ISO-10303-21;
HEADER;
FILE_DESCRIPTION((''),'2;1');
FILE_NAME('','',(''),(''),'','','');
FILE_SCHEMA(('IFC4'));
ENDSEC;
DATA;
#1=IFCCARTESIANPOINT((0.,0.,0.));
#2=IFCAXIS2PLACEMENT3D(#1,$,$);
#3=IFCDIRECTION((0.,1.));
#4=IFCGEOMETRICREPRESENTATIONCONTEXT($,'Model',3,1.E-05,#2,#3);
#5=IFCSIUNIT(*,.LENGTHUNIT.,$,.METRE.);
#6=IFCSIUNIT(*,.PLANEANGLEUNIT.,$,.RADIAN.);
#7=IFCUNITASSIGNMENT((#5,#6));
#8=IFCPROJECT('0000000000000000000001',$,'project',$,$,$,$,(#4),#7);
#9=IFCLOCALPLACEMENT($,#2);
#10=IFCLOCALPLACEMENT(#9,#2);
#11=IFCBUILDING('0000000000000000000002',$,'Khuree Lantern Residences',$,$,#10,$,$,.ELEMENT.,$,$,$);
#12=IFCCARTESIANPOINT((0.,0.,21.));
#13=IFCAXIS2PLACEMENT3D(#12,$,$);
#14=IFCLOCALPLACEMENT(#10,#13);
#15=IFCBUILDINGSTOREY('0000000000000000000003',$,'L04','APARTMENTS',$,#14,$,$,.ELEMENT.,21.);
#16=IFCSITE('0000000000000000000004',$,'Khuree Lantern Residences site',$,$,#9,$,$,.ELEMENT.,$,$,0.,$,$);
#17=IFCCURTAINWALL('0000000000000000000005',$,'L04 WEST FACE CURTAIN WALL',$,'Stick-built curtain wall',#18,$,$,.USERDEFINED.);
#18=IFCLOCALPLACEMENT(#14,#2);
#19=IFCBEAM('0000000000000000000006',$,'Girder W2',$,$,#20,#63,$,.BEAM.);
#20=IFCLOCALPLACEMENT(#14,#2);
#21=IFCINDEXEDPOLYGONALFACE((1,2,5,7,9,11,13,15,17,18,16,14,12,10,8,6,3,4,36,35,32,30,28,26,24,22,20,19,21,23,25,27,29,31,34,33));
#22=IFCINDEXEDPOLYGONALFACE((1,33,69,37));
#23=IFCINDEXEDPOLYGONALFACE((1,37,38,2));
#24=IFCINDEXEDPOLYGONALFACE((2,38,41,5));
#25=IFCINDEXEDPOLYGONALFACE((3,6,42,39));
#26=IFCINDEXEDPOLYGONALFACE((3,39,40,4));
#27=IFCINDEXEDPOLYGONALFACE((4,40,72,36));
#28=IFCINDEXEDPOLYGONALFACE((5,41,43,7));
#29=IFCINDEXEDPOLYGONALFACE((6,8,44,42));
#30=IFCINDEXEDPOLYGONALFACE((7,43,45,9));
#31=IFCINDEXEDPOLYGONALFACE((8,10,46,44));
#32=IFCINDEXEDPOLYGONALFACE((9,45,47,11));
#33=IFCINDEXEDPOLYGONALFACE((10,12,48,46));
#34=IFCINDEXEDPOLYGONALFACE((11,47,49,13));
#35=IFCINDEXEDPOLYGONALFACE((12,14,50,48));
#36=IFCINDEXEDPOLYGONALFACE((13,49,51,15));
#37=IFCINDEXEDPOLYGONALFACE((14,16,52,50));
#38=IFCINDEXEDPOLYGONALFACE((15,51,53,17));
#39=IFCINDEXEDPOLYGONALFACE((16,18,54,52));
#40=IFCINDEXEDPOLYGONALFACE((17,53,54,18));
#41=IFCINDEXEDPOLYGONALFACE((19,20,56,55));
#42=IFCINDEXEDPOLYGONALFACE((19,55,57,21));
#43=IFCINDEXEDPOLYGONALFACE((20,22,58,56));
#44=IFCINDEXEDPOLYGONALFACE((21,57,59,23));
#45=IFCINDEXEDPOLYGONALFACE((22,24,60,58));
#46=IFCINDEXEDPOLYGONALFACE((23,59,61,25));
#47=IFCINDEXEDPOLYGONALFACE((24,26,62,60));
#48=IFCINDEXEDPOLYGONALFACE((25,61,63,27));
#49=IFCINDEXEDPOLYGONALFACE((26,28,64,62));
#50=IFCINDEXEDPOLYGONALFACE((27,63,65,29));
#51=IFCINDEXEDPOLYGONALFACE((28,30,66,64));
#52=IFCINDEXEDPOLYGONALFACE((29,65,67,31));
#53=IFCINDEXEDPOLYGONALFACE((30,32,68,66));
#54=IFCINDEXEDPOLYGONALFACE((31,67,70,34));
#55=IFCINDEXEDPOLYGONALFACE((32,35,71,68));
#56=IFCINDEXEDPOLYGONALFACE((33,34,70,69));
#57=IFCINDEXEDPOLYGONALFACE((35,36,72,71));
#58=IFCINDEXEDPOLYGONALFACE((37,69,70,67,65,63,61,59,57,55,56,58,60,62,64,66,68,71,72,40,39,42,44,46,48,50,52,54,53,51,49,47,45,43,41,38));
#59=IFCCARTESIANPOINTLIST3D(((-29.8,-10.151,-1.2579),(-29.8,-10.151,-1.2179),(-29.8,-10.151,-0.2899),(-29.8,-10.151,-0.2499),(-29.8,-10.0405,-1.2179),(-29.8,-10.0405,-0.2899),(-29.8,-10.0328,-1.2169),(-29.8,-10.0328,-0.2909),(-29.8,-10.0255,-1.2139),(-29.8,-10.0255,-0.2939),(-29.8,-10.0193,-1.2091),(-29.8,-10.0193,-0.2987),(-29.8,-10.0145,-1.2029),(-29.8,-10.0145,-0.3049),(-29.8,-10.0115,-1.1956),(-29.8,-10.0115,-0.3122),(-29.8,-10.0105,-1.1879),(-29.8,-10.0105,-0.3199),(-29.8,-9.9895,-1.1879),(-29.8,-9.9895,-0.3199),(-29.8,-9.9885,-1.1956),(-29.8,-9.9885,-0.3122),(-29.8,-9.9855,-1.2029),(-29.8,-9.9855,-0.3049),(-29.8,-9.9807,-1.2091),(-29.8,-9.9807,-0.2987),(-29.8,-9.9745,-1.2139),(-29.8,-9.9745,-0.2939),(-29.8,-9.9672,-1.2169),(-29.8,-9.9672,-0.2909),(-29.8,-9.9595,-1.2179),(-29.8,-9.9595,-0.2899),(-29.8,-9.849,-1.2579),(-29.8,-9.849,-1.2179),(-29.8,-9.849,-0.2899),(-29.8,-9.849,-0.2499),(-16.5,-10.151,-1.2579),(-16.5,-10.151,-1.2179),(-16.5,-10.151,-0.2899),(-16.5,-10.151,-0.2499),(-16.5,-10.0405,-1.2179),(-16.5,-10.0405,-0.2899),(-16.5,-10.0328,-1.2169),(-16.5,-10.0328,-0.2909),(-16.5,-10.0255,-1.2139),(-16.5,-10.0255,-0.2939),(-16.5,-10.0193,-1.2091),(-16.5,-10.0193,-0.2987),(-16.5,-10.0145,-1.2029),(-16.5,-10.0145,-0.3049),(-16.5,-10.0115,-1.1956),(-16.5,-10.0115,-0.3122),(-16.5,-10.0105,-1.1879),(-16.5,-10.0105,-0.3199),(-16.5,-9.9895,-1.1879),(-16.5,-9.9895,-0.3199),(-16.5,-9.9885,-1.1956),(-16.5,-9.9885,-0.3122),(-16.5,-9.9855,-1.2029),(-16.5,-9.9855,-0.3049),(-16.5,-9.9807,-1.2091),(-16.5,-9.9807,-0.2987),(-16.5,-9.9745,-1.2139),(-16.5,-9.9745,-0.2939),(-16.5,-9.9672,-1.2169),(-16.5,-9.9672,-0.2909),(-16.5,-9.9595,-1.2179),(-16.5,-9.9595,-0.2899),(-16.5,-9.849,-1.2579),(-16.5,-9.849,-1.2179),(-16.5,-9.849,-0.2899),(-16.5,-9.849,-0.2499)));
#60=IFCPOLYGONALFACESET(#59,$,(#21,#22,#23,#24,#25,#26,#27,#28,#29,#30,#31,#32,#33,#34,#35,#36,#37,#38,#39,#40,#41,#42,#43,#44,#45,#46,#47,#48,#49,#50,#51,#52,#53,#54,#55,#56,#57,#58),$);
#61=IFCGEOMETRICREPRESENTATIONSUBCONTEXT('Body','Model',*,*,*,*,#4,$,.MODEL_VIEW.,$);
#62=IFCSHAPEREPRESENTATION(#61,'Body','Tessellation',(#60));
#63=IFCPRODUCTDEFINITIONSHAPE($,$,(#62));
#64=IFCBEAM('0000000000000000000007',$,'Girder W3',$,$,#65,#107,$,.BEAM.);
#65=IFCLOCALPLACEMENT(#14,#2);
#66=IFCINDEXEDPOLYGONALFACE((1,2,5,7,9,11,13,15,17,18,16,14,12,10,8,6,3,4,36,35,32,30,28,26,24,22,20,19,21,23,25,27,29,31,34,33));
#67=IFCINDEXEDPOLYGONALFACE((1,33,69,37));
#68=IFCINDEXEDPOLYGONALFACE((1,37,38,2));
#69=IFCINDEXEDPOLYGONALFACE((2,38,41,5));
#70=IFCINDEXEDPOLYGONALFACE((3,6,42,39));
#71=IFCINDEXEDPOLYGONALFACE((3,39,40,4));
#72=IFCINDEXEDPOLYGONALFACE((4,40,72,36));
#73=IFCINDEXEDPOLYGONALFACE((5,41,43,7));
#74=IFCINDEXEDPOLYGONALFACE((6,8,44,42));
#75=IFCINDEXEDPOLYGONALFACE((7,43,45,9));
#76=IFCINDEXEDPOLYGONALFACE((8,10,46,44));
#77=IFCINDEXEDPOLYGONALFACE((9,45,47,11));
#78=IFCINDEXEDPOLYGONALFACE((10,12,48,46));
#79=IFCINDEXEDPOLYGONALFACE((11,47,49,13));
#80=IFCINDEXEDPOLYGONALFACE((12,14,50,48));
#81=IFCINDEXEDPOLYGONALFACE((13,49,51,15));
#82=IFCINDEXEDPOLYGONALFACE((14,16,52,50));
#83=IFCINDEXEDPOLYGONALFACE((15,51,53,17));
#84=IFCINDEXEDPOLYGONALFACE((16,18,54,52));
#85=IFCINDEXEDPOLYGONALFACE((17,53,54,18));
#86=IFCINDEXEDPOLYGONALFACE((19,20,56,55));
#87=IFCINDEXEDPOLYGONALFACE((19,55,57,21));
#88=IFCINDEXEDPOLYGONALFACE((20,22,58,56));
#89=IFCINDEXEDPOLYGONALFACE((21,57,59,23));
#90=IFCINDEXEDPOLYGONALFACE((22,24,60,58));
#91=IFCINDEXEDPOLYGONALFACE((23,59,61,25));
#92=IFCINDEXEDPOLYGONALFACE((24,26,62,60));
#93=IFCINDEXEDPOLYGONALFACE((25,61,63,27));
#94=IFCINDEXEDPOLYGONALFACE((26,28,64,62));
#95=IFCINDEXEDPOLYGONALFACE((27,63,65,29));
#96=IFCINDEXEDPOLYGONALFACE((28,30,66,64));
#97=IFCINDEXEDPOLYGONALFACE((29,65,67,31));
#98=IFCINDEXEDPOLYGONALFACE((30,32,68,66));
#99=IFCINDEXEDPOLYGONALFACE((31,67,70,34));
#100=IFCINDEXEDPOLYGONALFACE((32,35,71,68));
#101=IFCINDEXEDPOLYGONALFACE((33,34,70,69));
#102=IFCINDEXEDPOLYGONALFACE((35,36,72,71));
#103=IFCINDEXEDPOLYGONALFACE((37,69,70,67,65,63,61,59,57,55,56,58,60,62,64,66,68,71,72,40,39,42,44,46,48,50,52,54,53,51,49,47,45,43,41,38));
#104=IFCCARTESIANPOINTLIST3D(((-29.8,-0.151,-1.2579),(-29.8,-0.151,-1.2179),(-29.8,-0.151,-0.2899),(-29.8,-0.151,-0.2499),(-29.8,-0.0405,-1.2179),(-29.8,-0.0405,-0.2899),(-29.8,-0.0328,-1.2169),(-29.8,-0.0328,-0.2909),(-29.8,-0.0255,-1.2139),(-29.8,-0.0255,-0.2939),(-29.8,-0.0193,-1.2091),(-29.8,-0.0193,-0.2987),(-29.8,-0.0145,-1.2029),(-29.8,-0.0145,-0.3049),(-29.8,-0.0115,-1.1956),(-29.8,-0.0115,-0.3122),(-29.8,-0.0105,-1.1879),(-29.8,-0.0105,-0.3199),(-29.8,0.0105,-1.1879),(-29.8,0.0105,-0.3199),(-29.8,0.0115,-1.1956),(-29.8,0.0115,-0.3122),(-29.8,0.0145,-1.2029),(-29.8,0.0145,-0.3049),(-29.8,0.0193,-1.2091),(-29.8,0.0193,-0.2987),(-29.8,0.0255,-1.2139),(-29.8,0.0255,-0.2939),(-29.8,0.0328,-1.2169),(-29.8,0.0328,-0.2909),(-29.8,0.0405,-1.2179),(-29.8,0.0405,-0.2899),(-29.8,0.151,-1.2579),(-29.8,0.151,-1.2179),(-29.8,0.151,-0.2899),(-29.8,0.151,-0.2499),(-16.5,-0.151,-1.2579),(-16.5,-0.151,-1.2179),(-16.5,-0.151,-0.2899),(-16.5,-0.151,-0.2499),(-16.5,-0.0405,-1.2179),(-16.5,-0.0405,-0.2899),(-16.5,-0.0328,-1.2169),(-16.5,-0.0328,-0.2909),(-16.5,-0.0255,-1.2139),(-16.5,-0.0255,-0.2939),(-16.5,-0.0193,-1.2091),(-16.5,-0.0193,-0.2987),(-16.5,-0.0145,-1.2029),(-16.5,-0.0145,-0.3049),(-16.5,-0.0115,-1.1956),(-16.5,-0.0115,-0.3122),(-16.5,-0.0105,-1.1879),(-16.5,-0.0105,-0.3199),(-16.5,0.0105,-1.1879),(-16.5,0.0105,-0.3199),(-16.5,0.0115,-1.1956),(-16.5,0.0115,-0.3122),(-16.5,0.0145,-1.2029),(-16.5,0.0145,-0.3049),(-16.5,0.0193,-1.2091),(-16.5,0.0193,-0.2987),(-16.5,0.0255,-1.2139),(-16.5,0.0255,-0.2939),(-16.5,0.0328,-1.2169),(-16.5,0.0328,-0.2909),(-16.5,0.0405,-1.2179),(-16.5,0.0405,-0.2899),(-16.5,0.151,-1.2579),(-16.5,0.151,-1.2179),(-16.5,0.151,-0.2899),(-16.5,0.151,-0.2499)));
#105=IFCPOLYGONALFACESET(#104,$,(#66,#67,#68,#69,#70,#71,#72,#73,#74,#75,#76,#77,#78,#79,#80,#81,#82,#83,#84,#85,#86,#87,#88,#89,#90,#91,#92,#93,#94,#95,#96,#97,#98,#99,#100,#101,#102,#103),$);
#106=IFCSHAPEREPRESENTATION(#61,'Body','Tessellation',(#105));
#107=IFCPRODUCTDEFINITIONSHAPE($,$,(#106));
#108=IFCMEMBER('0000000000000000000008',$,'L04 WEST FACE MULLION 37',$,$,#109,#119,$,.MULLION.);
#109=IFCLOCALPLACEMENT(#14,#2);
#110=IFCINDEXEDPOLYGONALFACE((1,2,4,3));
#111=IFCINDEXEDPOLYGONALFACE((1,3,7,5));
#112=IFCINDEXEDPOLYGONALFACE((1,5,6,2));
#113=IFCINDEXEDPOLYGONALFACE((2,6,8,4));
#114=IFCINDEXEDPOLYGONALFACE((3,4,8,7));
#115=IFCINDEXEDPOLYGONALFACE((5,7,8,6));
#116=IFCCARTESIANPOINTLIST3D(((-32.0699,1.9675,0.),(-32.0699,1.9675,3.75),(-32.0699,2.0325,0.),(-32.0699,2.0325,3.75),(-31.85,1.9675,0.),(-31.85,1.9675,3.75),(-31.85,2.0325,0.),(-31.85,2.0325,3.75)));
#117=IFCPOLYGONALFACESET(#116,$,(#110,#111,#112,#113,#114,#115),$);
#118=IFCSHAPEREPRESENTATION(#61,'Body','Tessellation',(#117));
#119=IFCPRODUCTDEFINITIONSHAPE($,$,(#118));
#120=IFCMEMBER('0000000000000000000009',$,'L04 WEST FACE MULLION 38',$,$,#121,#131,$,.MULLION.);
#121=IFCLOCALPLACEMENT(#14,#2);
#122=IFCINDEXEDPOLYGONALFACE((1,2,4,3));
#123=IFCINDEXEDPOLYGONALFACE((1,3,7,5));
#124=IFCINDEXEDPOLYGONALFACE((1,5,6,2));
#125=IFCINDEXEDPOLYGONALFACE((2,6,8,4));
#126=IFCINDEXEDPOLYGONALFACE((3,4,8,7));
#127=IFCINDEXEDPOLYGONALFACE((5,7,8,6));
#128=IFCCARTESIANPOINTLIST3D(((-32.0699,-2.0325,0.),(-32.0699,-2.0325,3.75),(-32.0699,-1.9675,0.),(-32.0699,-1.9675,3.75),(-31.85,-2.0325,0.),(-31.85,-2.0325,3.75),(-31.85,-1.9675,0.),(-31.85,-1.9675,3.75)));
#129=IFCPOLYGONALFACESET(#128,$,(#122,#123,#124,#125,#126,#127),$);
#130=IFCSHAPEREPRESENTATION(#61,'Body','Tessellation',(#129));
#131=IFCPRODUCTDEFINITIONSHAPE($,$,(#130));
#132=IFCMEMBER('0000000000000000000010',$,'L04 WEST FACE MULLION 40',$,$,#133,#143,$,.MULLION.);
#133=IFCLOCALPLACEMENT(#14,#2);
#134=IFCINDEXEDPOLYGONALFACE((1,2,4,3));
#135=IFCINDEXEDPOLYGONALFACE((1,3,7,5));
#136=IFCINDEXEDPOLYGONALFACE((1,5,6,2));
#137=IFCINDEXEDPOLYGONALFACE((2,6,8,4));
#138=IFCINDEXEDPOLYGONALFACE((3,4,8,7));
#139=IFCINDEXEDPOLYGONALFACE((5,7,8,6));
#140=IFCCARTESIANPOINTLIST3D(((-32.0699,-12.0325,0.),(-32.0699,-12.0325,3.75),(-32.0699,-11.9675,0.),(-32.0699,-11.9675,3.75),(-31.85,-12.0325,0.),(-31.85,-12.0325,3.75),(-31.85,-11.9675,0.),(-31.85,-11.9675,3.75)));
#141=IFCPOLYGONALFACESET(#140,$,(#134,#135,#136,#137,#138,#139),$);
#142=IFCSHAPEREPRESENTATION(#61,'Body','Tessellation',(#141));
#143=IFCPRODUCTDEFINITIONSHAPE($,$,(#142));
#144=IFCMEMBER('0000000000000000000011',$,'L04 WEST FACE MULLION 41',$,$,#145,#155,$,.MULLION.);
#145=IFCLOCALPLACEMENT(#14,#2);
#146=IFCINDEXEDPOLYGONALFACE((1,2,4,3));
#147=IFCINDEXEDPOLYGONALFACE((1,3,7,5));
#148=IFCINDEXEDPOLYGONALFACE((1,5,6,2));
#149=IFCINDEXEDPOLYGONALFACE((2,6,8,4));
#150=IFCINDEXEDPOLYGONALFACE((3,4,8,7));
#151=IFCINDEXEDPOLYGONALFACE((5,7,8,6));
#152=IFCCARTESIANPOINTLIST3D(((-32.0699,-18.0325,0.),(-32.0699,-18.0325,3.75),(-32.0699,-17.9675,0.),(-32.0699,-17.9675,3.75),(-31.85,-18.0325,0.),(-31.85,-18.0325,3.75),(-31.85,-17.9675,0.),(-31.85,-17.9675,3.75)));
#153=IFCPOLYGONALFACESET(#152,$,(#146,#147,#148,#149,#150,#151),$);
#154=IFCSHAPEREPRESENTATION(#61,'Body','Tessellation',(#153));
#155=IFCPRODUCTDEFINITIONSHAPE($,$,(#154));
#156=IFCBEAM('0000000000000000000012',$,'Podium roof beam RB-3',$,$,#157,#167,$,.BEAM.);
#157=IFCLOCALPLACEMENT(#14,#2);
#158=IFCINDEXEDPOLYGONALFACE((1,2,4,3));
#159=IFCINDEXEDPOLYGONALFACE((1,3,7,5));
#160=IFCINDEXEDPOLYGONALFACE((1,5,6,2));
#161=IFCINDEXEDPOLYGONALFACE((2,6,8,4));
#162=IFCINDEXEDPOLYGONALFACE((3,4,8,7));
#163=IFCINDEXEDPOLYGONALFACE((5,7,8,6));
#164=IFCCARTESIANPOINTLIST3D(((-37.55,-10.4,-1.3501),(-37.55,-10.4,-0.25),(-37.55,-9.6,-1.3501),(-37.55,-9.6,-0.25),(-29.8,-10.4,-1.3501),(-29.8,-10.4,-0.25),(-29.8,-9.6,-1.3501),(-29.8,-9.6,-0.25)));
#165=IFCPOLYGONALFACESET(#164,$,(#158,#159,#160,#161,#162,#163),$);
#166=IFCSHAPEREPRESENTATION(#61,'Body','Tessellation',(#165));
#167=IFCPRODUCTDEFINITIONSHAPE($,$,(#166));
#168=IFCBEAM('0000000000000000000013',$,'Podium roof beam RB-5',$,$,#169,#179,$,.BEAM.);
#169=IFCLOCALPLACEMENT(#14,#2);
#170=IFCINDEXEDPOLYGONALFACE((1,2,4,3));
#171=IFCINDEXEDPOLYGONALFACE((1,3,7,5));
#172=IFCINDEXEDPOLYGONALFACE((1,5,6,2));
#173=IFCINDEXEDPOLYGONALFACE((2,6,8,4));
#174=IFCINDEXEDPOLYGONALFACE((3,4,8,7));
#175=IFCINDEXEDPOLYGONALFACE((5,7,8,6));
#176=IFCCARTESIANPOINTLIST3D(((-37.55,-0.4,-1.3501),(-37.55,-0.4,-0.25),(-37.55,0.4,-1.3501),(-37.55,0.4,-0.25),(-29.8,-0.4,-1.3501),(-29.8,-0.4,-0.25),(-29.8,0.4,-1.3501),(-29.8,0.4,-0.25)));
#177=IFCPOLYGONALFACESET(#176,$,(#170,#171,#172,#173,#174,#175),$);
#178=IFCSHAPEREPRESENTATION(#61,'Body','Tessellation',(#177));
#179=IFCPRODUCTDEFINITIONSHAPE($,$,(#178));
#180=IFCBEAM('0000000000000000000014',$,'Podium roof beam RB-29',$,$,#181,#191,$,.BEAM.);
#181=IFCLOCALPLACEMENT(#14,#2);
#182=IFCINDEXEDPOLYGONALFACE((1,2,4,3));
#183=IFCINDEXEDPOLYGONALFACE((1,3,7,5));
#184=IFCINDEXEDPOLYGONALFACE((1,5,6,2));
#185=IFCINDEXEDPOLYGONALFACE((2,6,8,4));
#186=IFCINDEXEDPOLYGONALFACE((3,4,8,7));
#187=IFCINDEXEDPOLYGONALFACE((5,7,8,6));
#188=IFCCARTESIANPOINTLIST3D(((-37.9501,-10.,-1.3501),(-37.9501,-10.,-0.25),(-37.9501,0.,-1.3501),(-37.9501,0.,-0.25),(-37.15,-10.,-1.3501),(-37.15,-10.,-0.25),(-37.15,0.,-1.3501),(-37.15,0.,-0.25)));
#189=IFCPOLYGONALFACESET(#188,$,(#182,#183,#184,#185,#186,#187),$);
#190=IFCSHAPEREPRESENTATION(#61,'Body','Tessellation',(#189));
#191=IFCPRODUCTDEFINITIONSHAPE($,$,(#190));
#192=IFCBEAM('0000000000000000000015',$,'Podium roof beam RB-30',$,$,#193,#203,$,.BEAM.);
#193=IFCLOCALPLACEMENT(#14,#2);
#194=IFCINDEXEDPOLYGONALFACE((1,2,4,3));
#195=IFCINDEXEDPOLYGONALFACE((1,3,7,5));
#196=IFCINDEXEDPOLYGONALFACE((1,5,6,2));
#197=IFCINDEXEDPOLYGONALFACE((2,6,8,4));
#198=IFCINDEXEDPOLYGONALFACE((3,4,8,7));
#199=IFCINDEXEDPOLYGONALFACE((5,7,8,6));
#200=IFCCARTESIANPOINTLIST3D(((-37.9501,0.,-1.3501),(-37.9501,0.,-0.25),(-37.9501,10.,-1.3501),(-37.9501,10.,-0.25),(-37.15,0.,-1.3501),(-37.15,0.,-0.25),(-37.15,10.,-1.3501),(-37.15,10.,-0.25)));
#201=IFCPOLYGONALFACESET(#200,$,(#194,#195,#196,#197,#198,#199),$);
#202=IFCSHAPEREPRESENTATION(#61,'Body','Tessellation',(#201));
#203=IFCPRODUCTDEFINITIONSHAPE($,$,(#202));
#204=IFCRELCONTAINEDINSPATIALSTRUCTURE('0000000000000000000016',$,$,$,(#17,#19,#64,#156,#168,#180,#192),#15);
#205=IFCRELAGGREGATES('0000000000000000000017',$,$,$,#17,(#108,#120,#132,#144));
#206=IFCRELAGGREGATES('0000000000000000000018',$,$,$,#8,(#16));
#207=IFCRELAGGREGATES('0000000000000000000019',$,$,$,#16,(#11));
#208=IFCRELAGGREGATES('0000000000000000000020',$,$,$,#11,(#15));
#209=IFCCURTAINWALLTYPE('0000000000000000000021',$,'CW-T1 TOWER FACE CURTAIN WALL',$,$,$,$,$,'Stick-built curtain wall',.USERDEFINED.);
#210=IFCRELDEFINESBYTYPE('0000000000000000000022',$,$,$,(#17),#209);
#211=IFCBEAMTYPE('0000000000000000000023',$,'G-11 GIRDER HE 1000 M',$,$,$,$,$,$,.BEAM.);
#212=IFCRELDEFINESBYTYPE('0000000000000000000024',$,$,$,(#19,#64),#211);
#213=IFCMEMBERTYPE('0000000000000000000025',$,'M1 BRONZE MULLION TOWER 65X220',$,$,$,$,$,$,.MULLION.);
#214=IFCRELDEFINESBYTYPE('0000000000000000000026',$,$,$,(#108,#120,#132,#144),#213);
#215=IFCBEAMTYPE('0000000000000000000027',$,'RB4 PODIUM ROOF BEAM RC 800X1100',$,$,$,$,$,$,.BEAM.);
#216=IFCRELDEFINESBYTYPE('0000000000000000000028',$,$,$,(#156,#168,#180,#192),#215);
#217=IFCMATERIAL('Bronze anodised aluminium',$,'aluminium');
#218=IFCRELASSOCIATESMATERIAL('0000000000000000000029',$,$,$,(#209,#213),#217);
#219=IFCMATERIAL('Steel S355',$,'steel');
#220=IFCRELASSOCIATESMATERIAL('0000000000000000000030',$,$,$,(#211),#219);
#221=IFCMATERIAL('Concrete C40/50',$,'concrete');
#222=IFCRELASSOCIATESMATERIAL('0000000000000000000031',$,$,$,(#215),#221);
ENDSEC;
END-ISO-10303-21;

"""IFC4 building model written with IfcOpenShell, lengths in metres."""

from ifc_helpers import new_model, si_unit, direction, frame, origin, origin_2d, place, context, subcontext, project, spatial, rectangle, i_section, extrude, material, material_profile, profile_set, type_object, element, aggregate, save


model = new_model("IFC4")

# Units and contexts
model_context = context("Model", 3, precision=1e-05, world=origin(), true_north=direction((0.0, 1.0)))
body_context = subcontext(model_context, "Body", "Model", "MODEL_VIEW")
ifc_project = project(units=[si_unit("LENGTHUNIT", "METRE"), si_unit("PLANEANGLEUNIT", "RADIAN")], contexts=[model_context])

# Site, building, storey
site_placement = place(None, origin())
site = spatial("IfcSite", under=ifc_project, at=site_placement, Name="Khuree Lantern Residences site", CompositionType="ELEMENT", RefElevation=0.0)
building_placement = place(site_placement, origin())
building = spatial("IfcBuilding", under=site, at=building_placement, Name="Khuree Lantern Residences", CompositionType="ELEMENT")
storey_placement = place(building_placement, frame((0.0, 0.0, 21.0)))
storey = spatial("IfcBuildingStorey", under=building, at=storey_placement, Name="L04", Description="APARTMENTS", CompositionType="ELEMENT", Elevation=21.0)

# Shared definitions
ifc_material_1 = material(Name="Steel S355", Category="steel")

# Curtain wall
ifc_material_2 = material(Name="Bronze anodised aluminium", Category="aluminium")
curtain_wall_type = type_object("IfcCurtainWallType", Name="CW-T1 TOWER FACE CURTAIN WALL", ElementType="Stick-built curtain wall", PredefinedType="USERDEFINED", material=ifc_material_2)
curtain_wall_placement = place(storey_placement, origin())
curtain_wall = element("IfcCurtainWall", 1, at=curtain_wall_placement, inside=storey, type_object=curtain_wall_type, Name="L04 WEST FACE CURTAIN WALL", ObjectType="Stick-built curtain wall", PredefinedType="USERDEFINED")

# Beams
ifc_material_profile_1 = material_profile(ifc_material_1, i_section(OverallWidth=0.302, OverallDepth=1.0081, WebThickness=0.021, FlangeThickness=0.04, FilletRadius=0.03, at=origin_2d()), Name="HE 1000 M")
ifc_profile_set_1 = profile_set([ifc_material_profile_1], Name="Steel S355")
beam_type_1 = type_object("IfcBeamType", Name="G-11 GIRDER HE 1000 M", PredefinedType="BEAM", material=ifc_profile_set_1)
for number, where, z_axis, x_axis, name in (
    (2, (-29.8, -10.0, -0.7539), (1.0, 0.0, 0.0), (0.0, 1.0, 0.0), "Girder W2"),
    (3, (-29.8, 0.0, -0.7539), (1.0, 0.0, 0.0), (0.0, 1.0, 0.0), "Girder W3"),
):
    element("IfcBeam", number, at=place(storey_placement, frame(where, z_axis=z_axis, x_axis=x_axis)), inside=storey, type_object=beam_type_1, Name=name, PredefinedType="BEAM", context=body_context, shape_type="SweptSolid", body=[
        extrude(i_section(OverallWidth=0.302, OverallDepth=1.0081, WebThickness=0.021, FlangeThickness=0.04, FilletRadius=0.03, at=origin_2d()), origin(), (0.0, 0.0, 1.0), 13.3),
    ])

# Members
ifc_material_profile_2 = material_profile(ifc_material_2, rectangle(XDim=0.0649, YDim=0.22, at=origin_2d()), Name="M1 65X220")
ifc_profile_set_2 = profile_set([ifc_material_profile_2], Name="Bronze anodised aluminium")
member_type_1 = type_object("IfcMemberType", Name="M1 BRONZE MULLION TOWER 65X220", PredefinedType="MULLION", material=ifc_profile_set_2)
member_1_placement = place(storey_placement, frame((-31.96, 2.0, 0.0), z_axis=(0.0, 0.0, 1.0), x_axis=(0.0, -1.0, 0.0)))
member_1 = element("IfcMember", 4, at=member_1_placement, type_object=member_type_1, Name="L04 WEST FACE MULLION 37", PredefinedType="MULLION", context=body_context, shape_type="SweptSolid", body=[
    extrude(rectangle(XDim=0.0649, YDim=0.22, at=origin_2d()), origin(), (0.0, 0.0, 1.0), 3.75),
])
member_2_placement = place(storey_placement, frame((-31.96, -2.0, 0.0), z_axis=(0.0, 0.0, 1.0), x_axis=(0.0, -1.0, 0.0)))
member_2 = element("IfcMember", 5, at=member_2_placement, type_object=member_type_1, Name="L04 WEST FACE MULLION 38", PredefinedType="MULLION", context=body_context, shape_type="SweptSolid", body=[
    extrude(rectangle(XDim=0.0649, YDim=0.22, at=origin_2d()), origin(), (0.0, 0.0, 1.0), 3.75),
])
member_3_placement = place(storey_placement, frame((-31.96, -12.0, 0.0), z_axis=(0.0, 0.0, 1.0), x_axis=(0.0, -1.0, 0.0)))
member_3 = element("IfcMember", 6, at=member_3_placement, type_object=member_type_1, Name="L04 WEST FACE MULLION 40", PredefinedType="MULLION", context=body_context, shape_type="SweptSolid", body=[
    extrude(rectangle(XDim=0.0649, YDim=0.22, at=origin_2d()), origin(), (0.0, 0.0, 1.0), 3.75),
])
member_4_placement = place(storey_placement, frame((-31.96, -18.0, 0.0), z_axis=(0.0, 0.0, 1.0), x_axis=(0.0, -1.0, 0.0)))
member_4 = element("IfcMember", 7, at=member_4_placement, type_object=member_type_1, Name="L04 WEST FACE MULLION 41", PredefinedType="MULLION", context=body_context, shape_type="SweptSolid", body=[
    extrude(rectangle(XDim=0.0649, YDim=0.22, at=origin_2d()), origin(), (0.0, 0.0, 1.0), 3.75),
])

# Beams
ifc_material_3 = material(Name="Concrete C40/50", Category="concrete")
ifc_material_profile_3 = material_profile(ifc_material_3, rectangle(XDim=0.8, YDim=1.1001, at=origin_2d()), Name="RC 800X1100")
ifc_profile_set_3 = profile_set([ifc_material_profile_3], Name="Concrete C40/50")
beam_type_2 = type_object("IfcBeamType", Name="RB4 PODIUM ROOF BEAM RC 800X1100", PredefinedType="BEAM", material=ifc_profile_set_3)
for number, where, z_axis, x_axis, name in (
    (8, (-37.55, -10.0, -0.8), (1.0, 0.0, 0.0), (0.0, 1.0, 0.0), "Podium roof beam RB-3"),
    (9, (-37.55, 0.0, -0.8), (1.0, 0.0, 0.0), (0.0, 1.0, 0.0), "Podium roof beam RB-5"),
):
    element("IfcBeam", number, at=place(storey_placement, frame(where, z_axis=z_axis, x_axis=x_axis)), inside=storey, type_object=beam_type_2, Name=name, PredefinedType="BEAM", context=body_context, shape_type="SweptSolid", body=[
        extrude(rectangle(XDim=0.8, YDim=1.1001, at=origin_2d()), origin(), (0.0, 0.0, 1.0), 7.75),
    ])
for number, where, z_axis, x_axis, name in (
    (10, (-37.55, -10.0, -0.8), (0.0, 1.0, 0.0), (-1.0, 0.0, 0.0), "Podium roof beam RB-29"),
    (11, (-37.55, 0.0, -0.8), (0.0, 1.0, 0.0), (-1.0, 0.0, 0.0), "Podium roof beam RB-30"),
):
    element("IfcBeam", number, at=place(storey_placement, frame(where, z_axis=z_axis, x_axis=x_axis)), inside=storey, type_object=beam_type_2, Name=name, PredefinedType="BEAM", context=body_context, shape_type="SweptSolid", body=[
        extrude(rectangle(XDim=0.8, YDim=1.1001, at=origin_2d()), origin(), (0.0, 0.0, 1.0), 10.0),
    ])

aggregate(curtain_wall, [member_1, member_2, member_3, member_4])

save(model, "model.ifc")
